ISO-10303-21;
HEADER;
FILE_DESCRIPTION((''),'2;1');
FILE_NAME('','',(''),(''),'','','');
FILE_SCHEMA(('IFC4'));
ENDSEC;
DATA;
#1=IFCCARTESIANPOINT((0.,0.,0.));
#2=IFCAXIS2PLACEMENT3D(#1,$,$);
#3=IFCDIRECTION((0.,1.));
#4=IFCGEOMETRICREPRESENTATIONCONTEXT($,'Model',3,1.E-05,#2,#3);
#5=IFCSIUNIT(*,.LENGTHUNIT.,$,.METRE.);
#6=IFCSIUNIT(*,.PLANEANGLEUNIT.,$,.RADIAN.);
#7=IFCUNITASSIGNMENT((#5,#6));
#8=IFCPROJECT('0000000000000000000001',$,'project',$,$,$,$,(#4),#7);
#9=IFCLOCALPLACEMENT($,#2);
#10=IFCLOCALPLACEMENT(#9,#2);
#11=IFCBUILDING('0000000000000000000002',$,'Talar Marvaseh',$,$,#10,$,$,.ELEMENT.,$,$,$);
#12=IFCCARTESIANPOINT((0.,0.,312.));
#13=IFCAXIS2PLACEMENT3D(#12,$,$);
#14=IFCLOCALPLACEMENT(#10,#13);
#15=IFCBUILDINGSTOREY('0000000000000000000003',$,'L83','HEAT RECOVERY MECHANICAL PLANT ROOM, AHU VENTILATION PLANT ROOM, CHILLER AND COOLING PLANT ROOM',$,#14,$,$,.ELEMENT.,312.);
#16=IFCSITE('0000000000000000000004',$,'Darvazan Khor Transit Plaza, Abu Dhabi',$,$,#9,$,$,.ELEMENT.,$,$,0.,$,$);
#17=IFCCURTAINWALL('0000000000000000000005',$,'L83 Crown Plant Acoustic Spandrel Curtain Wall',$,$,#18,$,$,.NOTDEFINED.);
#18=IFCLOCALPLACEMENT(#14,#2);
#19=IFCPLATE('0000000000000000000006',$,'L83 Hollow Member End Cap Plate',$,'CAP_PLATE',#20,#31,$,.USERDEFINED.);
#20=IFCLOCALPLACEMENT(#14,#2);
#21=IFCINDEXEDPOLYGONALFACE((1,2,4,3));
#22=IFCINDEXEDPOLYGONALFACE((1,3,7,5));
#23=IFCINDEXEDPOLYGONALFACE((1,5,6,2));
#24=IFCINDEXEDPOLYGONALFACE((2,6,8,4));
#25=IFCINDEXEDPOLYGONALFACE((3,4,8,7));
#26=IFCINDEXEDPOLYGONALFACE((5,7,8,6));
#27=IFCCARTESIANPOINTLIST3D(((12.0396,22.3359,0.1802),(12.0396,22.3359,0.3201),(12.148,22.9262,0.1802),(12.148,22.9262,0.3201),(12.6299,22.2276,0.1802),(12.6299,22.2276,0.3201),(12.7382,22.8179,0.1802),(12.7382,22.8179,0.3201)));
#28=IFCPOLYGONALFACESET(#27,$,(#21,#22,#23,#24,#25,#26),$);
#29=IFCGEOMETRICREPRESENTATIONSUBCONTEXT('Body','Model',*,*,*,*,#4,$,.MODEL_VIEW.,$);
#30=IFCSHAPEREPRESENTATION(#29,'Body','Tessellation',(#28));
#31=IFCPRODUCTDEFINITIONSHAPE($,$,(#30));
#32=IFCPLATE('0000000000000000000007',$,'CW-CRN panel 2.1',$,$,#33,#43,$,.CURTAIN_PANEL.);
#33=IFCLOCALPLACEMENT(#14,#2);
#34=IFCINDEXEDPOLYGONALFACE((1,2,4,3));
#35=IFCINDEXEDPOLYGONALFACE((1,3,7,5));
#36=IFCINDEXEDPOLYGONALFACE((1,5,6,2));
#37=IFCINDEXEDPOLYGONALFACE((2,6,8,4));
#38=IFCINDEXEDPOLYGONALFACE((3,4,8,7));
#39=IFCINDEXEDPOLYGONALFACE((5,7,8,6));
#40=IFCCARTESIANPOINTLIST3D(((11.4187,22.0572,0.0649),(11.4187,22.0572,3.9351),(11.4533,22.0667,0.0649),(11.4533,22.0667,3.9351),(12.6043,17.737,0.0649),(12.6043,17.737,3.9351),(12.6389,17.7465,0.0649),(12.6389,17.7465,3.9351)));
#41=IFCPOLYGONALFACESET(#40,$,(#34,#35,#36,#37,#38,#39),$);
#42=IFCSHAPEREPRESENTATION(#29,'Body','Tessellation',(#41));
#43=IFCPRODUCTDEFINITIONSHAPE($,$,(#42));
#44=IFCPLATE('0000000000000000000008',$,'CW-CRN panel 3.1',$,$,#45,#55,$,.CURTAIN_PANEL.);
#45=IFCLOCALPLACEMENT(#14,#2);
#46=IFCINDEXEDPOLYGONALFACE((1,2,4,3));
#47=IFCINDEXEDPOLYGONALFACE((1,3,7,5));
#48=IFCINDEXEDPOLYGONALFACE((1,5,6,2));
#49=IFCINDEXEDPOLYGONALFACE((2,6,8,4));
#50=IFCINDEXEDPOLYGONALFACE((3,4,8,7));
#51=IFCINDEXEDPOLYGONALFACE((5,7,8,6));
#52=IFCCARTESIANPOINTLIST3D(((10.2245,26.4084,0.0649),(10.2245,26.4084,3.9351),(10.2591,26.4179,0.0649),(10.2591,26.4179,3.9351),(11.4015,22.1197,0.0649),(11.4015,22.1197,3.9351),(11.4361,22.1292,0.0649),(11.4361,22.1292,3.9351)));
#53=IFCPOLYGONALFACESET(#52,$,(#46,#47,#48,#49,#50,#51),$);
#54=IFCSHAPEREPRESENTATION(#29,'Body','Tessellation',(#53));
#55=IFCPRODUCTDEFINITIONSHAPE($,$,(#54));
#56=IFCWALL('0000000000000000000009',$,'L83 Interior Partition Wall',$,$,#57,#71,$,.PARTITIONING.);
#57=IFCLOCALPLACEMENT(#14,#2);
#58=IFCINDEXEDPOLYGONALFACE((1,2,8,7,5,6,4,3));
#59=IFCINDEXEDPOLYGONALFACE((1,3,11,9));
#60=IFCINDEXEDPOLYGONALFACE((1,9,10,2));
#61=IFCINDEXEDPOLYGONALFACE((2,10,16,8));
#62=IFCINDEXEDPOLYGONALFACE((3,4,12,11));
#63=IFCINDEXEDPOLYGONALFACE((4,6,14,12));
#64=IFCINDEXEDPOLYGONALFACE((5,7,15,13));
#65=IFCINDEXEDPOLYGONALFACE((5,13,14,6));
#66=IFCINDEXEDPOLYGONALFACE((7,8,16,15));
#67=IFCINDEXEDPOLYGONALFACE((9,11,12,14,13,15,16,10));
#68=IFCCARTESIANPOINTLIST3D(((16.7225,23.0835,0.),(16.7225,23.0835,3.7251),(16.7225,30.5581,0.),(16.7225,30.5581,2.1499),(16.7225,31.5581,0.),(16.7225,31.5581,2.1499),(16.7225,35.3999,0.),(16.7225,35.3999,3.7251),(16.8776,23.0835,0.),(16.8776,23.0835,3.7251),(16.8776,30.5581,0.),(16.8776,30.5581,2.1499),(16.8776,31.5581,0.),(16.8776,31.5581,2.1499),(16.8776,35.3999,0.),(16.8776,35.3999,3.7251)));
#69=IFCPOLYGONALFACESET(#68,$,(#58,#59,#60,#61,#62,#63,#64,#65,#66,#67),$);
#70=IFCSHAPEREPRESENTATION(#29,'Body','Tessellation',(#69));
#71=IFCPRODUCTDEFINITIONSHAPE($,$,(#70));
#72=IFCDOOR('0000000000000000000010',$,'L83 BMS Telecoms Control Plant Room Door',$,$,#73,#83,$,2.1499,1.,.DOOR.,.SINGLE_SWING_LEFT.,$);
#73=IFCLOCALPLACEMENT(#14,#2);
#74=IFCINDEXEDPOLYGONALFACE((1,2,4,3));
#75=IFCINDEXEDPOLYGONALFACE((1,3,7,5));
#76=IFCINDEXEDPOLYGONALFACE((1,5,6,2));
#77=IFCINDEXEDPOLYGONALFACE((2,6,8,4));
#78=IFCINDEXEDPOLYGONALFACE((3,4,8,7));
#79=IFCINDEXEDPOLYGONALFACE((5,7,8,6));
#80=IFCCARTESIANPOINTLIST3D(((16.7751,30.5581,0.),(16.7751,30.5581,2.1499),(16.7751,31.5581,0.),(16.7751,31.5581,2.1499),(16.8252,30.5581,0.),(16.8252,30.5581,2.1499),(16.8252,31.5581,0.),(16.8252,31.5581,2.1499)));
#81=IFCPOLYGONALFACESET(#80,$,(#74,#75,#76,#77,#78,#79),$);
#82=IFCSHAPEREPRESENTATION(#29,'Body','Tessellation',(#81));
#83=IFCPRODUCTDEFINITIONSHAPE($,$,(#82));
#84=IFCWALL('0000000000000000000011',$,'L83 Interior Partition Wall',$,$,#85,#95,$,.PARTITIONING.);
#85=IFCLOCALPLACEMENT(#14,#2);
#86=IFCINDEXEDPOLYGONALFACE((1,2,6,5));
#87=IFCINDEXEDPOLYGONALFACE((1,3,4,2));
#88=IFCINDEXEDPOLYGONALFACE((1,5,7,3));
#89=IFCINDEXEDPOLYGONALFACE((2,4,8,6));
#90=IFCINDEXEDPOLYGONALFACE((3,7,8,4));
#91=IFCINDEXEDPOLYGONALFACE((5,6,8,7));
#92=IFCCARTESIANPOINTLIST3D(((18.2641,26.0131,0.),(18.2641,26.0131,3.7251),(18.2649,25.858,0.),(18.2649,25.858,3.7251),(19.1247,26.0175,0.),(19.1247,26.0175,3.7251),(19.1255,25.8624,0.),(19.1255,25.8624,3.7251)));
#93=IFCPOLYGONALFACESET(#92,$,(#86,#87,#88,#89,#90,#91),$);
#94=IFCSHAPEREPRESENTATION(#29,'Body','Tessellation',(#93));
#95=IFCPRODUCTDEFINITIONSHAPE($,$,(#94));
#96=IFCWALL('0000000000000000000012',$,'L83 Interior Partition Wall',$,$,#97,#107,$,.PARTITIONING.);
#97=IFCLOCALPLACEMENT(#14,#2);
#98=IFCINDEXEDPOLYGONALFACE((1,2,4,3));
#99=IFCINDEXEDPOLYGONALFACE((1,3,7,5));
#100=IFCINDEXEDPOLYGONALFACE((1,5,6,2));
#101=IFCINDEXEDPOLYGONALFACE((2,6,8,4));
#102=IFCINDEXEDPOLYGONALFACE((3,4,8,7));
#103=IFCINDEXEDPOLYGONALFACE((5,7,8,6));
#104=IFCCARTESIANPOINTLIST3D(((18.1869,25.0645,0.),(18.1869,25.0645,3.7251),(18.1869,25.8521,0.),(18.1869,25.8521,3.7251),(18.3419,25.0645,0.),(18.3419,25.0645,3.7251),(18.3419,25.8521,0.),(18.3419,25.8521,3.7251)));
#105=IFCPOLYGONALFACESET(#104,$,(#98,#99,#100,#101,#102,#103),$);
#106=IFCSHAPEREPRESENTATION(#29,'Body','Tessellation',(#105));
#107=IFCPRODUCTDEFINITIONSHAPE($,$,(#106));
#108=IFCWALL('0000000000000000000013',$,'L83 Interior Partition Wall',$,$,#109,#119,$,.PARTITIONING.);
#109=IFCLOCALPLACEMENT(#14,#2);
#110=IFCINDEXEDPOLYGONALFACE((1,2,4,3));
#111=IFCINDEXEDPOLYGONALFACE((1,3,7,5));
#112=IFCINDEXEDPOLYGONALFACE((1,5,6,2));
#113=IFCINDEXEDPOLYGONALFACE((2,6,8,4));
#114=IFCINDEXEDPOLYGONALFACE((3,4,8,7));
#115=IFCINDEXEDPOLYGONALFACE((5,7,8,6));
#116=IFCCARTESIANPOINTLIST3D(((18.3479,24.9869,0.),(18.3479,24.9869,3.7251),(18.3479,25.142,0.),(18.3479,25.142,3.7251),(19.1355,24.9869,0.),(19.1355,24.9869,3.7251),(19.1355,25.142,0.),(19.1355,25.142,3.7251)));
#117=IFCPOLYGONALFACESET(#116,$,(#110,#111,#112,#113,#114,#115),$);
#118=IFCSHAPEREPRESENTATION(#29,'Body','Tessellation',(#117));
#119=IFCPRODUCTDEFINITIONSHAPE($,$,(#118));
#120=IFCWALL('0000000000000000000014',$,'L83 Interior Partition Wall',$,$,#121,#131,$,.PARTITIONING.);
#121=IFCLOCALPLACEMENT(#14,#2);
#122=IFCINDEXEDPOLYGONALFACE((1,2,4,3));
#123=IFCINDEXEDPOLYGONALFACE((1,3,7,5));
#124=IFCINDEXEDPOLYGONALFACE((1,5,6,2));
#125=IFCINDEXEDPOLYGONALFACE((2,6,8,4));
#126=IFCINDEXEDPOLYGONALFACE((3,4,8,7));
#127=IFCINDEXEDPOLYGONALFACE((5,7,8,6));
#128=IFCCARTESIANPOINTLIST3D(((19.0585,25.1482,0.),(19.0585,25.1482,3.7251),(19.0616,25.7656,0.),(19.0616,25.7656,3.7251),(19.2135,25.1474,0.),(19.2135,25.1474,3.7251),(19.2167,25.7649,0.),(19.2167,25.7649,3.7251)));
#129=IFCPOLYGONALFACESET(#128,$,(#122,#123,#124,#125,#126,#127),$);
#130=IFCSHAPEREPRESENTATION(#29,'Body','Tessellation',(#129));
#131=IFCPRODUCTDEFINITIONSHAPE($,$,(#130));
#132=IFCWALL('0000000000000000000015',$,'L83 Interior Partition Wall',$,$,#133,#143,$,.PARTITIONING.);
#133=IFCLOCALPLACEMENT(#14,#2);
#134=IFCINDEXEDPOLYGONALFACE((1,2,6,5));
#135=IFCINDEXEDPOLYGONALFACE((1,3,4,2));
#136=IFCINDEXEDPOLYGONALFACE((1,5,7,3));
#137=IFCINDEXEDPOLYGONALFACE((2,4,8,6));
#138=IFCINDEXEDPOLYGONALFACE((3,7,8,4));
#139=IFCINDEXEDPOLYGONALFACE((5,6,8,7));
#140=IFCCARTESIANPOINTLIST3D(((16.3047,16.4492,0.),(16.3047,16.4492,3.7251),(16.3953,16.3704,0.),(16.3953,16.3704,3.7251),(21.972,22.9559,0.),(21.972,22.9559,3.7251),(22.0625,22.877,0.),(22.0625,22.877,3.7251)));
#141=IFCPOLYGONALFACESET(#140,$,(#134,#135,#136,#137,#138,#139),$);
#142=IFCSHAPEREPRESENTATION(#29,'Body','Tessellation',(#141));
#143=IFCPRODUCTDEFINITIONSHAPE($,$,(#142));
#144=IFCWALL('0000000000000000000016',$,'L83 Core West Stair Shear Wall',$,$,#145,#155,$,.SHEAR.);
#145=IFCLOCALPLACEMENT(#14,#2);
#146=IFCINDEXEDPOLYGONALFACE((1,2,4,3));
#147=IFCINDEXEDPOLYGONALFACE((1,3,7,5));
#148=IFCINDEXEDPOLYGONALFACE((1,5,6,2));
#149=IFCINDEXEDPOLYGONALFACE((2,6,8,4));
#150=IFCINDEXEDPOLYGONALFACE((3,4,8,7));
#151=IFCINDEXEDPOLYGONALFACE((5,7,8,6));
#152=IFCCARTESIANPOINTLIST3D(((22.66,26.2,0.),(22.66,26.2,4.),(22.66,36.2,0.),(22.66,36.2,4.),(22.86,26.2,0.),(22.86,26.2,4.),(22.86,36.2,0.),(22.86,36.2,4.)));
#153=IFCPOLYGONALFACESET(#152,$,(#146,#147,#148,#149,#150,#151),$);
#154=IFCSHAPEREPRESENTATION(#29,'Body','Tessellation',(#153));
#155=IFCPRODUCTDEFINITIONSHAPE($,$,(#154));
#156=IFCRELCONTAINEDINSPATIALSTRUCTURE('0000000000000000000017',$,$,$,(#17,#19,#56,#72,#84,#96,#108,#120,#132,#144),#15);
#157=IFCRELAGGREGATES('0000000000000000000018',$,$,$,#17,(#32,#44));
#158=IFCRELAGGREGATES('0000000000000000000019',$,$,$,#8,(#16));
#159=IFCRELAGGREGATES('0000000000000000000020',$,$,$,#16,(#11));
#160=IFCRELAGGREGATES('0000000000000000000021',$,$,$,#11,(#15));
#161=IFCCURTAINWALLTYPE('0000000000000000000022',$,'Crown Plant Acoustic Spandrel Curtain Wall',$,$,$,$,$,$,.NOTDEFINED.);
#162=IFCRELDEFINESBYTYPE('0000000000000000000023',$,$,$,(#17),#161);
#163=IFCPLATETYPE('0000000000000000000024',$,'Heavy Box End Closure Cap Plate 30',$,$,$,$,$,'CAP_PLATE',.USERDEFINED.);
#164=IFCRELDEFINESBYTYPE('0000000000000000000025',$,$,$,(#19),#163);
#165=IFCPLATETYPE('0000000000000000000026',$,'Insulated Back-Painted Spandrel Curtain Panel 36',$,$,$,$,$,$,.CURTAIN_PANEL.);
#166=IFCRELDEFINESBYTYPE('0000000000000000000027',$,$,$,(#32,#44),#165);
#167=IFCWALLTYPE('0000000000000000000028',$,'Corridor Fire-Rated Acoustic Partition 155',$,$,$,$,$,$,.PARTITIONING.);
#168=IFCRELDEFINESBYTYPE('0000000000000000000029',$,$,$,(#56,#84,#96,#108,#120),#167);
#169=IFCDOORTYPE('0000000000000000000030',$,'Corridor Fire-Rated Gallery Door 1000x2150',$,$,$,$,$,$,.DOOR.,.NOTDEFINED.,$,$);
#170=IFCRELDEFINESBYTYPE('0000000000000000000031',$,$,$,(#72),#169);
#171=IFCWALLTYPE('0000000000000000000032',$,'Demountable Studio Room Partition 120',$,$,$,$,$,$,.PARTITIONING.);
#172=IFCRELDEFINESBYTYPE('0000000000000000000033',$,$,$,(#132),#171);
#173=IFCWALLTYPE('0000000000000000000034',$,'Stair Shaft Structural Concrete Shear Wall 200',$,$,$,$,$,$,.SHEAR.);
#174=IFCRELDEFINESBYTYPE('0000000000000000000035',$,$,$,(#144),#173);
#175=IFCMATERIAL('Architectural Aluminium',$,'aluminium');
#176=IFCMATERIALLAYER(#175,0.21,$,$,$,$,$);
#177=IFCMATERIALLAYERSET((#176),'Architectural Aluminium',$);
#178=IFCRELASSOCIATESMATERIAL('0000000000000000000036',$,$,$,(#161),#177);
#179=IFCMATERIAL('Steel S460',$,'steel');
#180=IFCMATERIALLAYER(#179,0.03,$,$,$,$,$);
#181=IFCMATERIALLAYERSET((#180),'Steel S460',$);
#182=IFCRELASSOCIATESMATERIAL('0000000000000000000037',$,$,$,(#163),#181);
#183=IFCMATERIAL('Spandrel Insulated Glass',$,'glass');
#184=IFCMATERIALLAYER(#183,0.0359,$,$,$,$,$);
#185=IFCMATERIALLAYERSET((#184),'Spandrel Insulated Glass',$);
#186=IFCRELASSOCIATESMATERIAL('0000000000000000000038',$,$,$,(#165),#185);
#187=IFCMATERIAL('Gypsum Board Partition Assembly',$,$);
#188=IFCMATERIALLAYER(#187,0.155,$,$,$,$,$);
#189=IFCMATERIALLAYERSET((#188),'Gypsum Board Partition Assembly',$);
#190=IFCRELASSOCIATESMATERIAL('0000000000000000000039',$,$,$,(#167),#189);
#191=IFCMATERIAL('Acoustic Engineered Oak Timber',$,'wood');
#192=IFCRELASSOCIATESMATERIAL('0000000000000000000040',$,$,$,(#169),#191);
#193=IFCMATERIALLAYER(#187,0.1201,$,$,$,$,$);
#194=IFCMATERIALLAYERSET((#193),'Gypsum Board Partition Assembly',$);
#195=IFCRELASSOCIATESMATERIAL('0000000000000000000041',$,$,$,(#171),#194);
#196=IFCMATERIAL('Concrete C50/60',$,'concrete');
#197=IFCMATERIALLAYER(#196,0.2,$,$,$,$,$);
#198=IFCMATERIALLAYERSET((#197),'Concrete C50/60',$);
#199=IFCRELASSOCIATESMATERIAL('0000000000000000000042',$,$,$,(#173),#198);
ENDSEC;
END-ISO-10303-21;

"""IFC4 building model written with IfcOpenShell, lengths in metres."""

from ifc_helpers import new_model, si_unit, direction, frame, frame_2d, origin, origin_2d, place, context, subcontext, project, spatial, rectangle, extrude, source, transform, mapped, material, layer, layer_set, type_object, type_shapes, element, fill, aggregate, save


model = new_model("IFC4")

# Units and contexts
model_context = context("Model", 3, precision=1e-05, world=origin(), true_north=direction((0.0, 1.0)))
body_context = subcontext(model_context, "Body", "Model", "MODEL_VIEW")
ifc_project = project(units=[si_unit("LENGTHUNIT", "METRE"), si_unit("PLANEANGLEUNIT", "RADIAN")], contexts=[model_context])

# Site, building, storey
site_placement = place(None, origin())
site = spatial("IfcSite", under=ifc_project, at=site_placement, Name="Darvazan Khor Transit Plaza, Abu Dhabi", CompositionType="ELEMENT", RefElevation=0.0)
building_placement = place(site_placement, origin())
building = spatial("IfcBuilding", under=site, at=building_placement, Name="Talar Marvaseh", CompositionType="ELEMENT")
storey_placement = place(building_placement, frame((0.0, 0.0, 312.0)))
storey = spatial("IfcBuildingStorey", under=building, at=storey_placement, Name="L83", Description="HEAT RECOVERY MECHANICAL PLANT ROOM, AHU VENTILATION PLANT ROOM, CHILLER AND COOLING PLANT ROOM", CompositionType="ELEMENT", Elevation=312.0)

# Shared definitions
ifc_material_1 = material(Name="Steel S460", Category="steel")
ifc_material_2 = material(Name="Concrete C50/60", Category="concrete")

# Curtain wall
ifc_material_3 = material(Name="Architectural Aluminium", Category="aluminium")
ifc_layer_1 = layer(ifc_material_3, 0.21)
ifc_layer_set_1 = layer_set([ifc_layer_1], Name="Architectural Aluminium")
curtain_wall_type = type_object("IfcCurtainWallType", Name="Crown Plant Acoustic Spandrel Curtain Wall", PredefinedType="NOTDEFINED", material=ifc_layer_set_1)
curtain_wall_placement = place(storey_placement, origin())
curtain_wall = element("IfcCurtainWall", 1, at=curtain_wall_placement, inside=storey, type_object=curtain_wall_type, Name="L83 Crown Plant Acoustic Spandrel Curtain Wall", PredefinedType="NOTDEFINED")

# Plates
ifc_layer_2 = layer(ifc_material_1, 0.03)
ifc_layer_set_2 = layer_set([ifc_layer_2], Name="Steel S460")
plate_type_1 = type_object("IfcPlateType", Name="Heavy Box End Closure Cap Plate 30", ElementType="CAP_PLATE", PredefinedType="USERDEFINED", material=ifc_layer_set_2)
shared_shape_1 = source(origin(), body_context, "Body", "SweptSolid", [
    extrude(rectangle(XDim=0.6001, YDim=0.6001, at=origin_2d()), origin(), (0.0, 0.0, 1.0), 0.1399),
])
type_shapes(plate_type_1, [shared_shape_1])
plate_1_placement = place(storey_placement, frame((12.3889, 22.5769, 0.1802), z_axis=(0.0, 0.0, 1.0), x_axis=(0.180519, 0.983571, 0.0)))
element("IfcPlate", 2, at=plate_1_placement, inside=storey, type_object=plate_type_1, Name="L83 Hollow Member End Cap Plate", ObjectType="CAP_PLATE", PredefinedType="USERDEFINED", context=body_context, shape_type="MappedRepresentation", body=[
    mapped(shared_shape_1, transform((0.0, 0.0, 0.0), x_axis=(1.0, 0.0, 0.0), y_axis=(0.0, 1.0, 0.0), z_axis=(0.0, 0.0, 1.0), scale=1.0)),
])
ifc_material_4 = material(Name="Spandrel Insulated Glass", Category="glass")
ifc_layer_3 = layer(ifc_material_4, 0.0359)
ifc_layer_set_3 = layer_set([ifc_layer_3], Name="Spandrel Insulated Glass")
plate_type_2 = type_object("IfcPlateType", Name="Insulated Back-Painted Spandrel Curtain Panel 36", PredefinedType="CURTAIN_PANEL", material=ifc_layer_set_3)
shared_shape_2 = source(origin(), body_context, "Body", "SweptSolid", [
    extrude(rectangle(XDim=4.48, YDim=0.0359, at=origin_2d()), origin(), (0.0, 0.0, 1.0), 3.8701),
])
plate_2_placement = place(storey_placement, frame((12.0288, 19.9019, 0.0649), z_axis=(0.0, 0.0, 1.0), x_axis=(-0.264649, 0.964345, 0.0)))
plate_2 = element("IfcPlate", 3, at=plate_2_placement, type_object=plate_type_2, Name="CW-CRN panel 2.1", PredefinedType="CURTAIN_PANEL", context=body_context, shape_type="MappedRepresentation", body=[
    mapped(shared_shape_2, transform((0.0, 0.0, 0.0), x_axis=(1.0, 0.0, 0.0), y_axis=(0.0, 1.0, 0.0), z_axis=(0.0, 0.0, 1.0), scale=1.0)),
])
shared_shape_3 = source(origin(), body_context, "Body", "SweptSolid", [
    extrude(rectangle(XDim=4.4473, YDim=0.0359, at=origin_2d()), origin(), (0.0, 0.0, 1.0), 3.8701),
])
type_shapes(plate_type_2, [shared_shape_2, shared_shape_3])
plate_3_placement = place(storey_placement, frame((10.8303, 24.2688, 0.0649), z_axis=(0.0, 0.0, 1.0), x_axis=(-0.264649, 0.964345, 0.0)))
plate_3 = element("IfcPlate", 4, at=plate_3_placement, type_object=plate_type_2, Name="CW-CRN panel 3.1", PredefinedType="CURTAIN_PANEL", context=body_context, shape_type="MappedRepresentation", body=[
    mapped(shared_shape_3, transform((0.0, 0.0, 0.0), x_axis=(1.0, 0.0, 0.0), y_axis=(0.0, 1.0, 0.0), z_axis=(0.0, 0.0, 1.0), scale=1.0)),
])
aggregate(curtain_wall, [plate_2, plate_3])

# Wall, opening, door
ifc_material_5 = material(Name="Gypsum Board Partition Assembly")
ifc_layer_4 = layer(ifc_material_5, 0.155)
ifc_layer_set_4 = layer_set([ifc_layer_4], Name="Gypsum Board Partition Assembly")
wall_type_1 = type_object("IfcWallType", Name="Corridor Fire-Rated Acoustic Partition 155", PredefinedType="PARTITIONING", material=ifc_layer_set_4)
wall_1_placement = place(storey_placement, frame((16.8, 23.0835, 0.0), z_axis=(0.0, 0.0, 1.0), x_axis=(0.0, 1.0, 0.0)))
wall_1 = element("IfcWall", 5, at=wall_1_placement, inside=storey, type_object=wall_type_1, Name="L83 Interior Partition Wall", PredefinedType="PARTITIONING", context=body_context, shape_type="SweptSolid", body=[
    extrude(rectangle(XDim=12.3164, YDim=0.155, at=frame_2d((6.1582, 0.0))), origin(), (0.0, 0.0, 1.0), 3.7251),
])
opening_1_placement = place(wall_1_placement, frame((7.4746, 0.0, 0.0)))
opening_1 = element("IfcOpeningElement", 6, at=opening_1_placement, cuts=wall_1, PredefinedType="OPENING", context=body_context, shape_type="SweptSolid", body=[
    extrude(rectangle(XDim=1.0, YDim=2.1499, at=frame_2d((0.5, 1.075))), frame((0.0, 0.0874, 0.0), z_axis=(0.0, -1.0, 0.0), x_axis=(1.0, 0.0, 0.0)), (0.0, 0.0, 1.0), 0.175),
])
ifc_material_6 = material(Name="Acoustic Engineered Oak Timber", Category="wood")
door_type_1 = type_object("IfcDoorType", Name="Corridor Fire-Rated Gallery Door 1000x2150", OperationType="NOTDEFINED", PredefinedType="DOOR", material=ifc_material_6)
shared_shape_4 = source(origin(), body_context, "Body", "SweptSolid", [
    extrude(rectangle(XDim=1.0, YDim=2.1499, at=frame_2d((0.5, 1.075))), frame((0.0, 0.0249, 0.0), z_axis=(0.0, -1.0, 0.0), x_axis=(1.0, 0.0, 0.0)), (0.0, 0.0, 1.0), 0.05),
])
type_shapes(door_type_1, [shared_shape_4])
door_1_placement = place(opening_1_placement, origin())
door_1 = element("IfcDoor", 7, at=door_1_placement, inside=storey, type_object=door_type_1, Name="L83 BMS Telecoms Control Plant Room Door", OperationType="SINGLE_SWING_LEFT", OverallHeight=2.1499, OverallWidth=1.0, PredefinedType="DOOR", context=body_context, shape_type="MappedRepresentation", body=[
    mapped(shared_shape_4, transform((0.0, 0.0, 0.0), x_axis=(1.0, 0.0, 0.0), y_axis=(0.0, 1.0, 0.0), z_axis=(0.0, 0.0, 1.0), scale=1.0)),
])
fill(opening_1, door_1)

# Walls
wall_2_placement = place(storey_placement, frame((19.125, 25.9399, 0.0), z_axis=(0.0, 0.0, 1.0), x_axis=(-0.999987, -0.005106, 0.0)))
element("IfcWall", 8, at=wall_2_placement, inside=storey, type_object=wall_type_1, Name="L83 Interior Partition Wall", PredefinedType="PARTITIONING", context=body_context, shape_type="SweptSolid", body=[
    extrude(rectangle(XDim=0.8606, YDim=0.155, at=frame_2d((0.4302, 0.0))), origin(), (0.0, 0.0, 1.0), 3.7251),
])
for number, where, z_axis, x_axis, name in (
    (9, (18.2644, 25.8521, 0.0), (0.0, 0.0, 1.0), (0.0, -1.0, 0.0), "L83 Interior Partition Wall"),
    (10, (18.3479, 25.0645, 0.0), (0.0, 0.0, 1.0), (1.0, 0.0, 0.0), "L83 Interior Partition Wall"),
):
    element("IfcWall", number, at=place(storey_placement, frame(where, z_axis=z_axis, x_axis=x_axis)), inside=storey, type_object=wall_type_1, Name=name, PredefinedType="PARTITIONING", context=body_context, shape_type="SweptSolid", body=[
        extrude(rectangle(XDim=0.7876, YDim=0.155, at=frame_2d((0.3938, 0.0))), origin(), (0.0, 0.0, 1.0), 3.7251),
    ])
wall_3_placement = place(storey_placement, frame((19.136, 25.1479, 0.0), z_axis=(0.0, 0.0, 1.0), x_axis=(0.00514, 0.999987, 0.0)))
element("IfcWall", 11, at=wall_3_placement, inside=storey, type_object=wall_type_1, Name="L83 Interior Partition Wall", PredefinedType="PARTITIONING", context=body_context, shape_type="SweptSolid", body=[
    extrude(rectangle(XDim=0.6174, YDim=0.155, at=frame_2d((0.3086, 0.0))), origin(), (0.0, 0.0, 1.0), 3.7251),
])
ifc_layer_5 = layer(ifc_material_5, 0.1201)
ifc_layer_set_5 = layer_set([ifc_layer_5], Name="Gypsum Board Partition Assembly")
wall_type_2 = type_object("IfcWallType", Name="Demountable Studio Room Partition 120", PredefinedType="PARTITIONING", material=ifc_layer_set_5)
wall_4_placement = place(storey_placement, frame((22.0173, 22.9165, 0.0), z_axis=(0.0, 0.0, 1.0), x_axis=(-0.656794, -0.75407, 0.0)))
element("IfcWall", 12, at=wall_4_placement, inside=storey, type_object=wall_type_2, Name="L83 Interior Partition Wall", PredefinedType="PARTITIONING", context=body_context, shape_type="SweptSolid", body=[
    extrude(rectangle(XDim=8.6287, YDim=0.1201, at=frame_2d((4.3145, 0.0))), origin(), (0.0, 0.0, 1.0), 3.7251),
])
ifc_layer_6 = layer(ifc_material_2, 0.2)
ifc_layer_set_6 = layer_set([ifc_layer_6], Name="Concrete C50/60")
wall_type_3 = type_object("IfcWallType", Name="Stair Shaft Structural Concrete Shear Wall 200", PredefinedType="SHEAR", material=ifc_layer_set_6)
wall_5_placement = place(storey_placement, frame((22.76, 26.2, 0.0), z_axis=(0.0, 0.0, 1.0), x_axis=(0.0, 1.0, 0.0)))
element("IfcWall", 13, at=wall_5_placement, inside=storey, type_object=wall_type_3, Name="L83 Core West Stair Shear Wall", PredefinedType="SHEAR", context=body_context, shape_type="SweptSolid", body=[
    extrude(rectangle(XDim=10.0, YDim=0.2, at=frame_2d((5.0, 0.0))), origin(), (0.0, 0.0, 1.0), 4.0),
])

save(model, "model.ifc")
